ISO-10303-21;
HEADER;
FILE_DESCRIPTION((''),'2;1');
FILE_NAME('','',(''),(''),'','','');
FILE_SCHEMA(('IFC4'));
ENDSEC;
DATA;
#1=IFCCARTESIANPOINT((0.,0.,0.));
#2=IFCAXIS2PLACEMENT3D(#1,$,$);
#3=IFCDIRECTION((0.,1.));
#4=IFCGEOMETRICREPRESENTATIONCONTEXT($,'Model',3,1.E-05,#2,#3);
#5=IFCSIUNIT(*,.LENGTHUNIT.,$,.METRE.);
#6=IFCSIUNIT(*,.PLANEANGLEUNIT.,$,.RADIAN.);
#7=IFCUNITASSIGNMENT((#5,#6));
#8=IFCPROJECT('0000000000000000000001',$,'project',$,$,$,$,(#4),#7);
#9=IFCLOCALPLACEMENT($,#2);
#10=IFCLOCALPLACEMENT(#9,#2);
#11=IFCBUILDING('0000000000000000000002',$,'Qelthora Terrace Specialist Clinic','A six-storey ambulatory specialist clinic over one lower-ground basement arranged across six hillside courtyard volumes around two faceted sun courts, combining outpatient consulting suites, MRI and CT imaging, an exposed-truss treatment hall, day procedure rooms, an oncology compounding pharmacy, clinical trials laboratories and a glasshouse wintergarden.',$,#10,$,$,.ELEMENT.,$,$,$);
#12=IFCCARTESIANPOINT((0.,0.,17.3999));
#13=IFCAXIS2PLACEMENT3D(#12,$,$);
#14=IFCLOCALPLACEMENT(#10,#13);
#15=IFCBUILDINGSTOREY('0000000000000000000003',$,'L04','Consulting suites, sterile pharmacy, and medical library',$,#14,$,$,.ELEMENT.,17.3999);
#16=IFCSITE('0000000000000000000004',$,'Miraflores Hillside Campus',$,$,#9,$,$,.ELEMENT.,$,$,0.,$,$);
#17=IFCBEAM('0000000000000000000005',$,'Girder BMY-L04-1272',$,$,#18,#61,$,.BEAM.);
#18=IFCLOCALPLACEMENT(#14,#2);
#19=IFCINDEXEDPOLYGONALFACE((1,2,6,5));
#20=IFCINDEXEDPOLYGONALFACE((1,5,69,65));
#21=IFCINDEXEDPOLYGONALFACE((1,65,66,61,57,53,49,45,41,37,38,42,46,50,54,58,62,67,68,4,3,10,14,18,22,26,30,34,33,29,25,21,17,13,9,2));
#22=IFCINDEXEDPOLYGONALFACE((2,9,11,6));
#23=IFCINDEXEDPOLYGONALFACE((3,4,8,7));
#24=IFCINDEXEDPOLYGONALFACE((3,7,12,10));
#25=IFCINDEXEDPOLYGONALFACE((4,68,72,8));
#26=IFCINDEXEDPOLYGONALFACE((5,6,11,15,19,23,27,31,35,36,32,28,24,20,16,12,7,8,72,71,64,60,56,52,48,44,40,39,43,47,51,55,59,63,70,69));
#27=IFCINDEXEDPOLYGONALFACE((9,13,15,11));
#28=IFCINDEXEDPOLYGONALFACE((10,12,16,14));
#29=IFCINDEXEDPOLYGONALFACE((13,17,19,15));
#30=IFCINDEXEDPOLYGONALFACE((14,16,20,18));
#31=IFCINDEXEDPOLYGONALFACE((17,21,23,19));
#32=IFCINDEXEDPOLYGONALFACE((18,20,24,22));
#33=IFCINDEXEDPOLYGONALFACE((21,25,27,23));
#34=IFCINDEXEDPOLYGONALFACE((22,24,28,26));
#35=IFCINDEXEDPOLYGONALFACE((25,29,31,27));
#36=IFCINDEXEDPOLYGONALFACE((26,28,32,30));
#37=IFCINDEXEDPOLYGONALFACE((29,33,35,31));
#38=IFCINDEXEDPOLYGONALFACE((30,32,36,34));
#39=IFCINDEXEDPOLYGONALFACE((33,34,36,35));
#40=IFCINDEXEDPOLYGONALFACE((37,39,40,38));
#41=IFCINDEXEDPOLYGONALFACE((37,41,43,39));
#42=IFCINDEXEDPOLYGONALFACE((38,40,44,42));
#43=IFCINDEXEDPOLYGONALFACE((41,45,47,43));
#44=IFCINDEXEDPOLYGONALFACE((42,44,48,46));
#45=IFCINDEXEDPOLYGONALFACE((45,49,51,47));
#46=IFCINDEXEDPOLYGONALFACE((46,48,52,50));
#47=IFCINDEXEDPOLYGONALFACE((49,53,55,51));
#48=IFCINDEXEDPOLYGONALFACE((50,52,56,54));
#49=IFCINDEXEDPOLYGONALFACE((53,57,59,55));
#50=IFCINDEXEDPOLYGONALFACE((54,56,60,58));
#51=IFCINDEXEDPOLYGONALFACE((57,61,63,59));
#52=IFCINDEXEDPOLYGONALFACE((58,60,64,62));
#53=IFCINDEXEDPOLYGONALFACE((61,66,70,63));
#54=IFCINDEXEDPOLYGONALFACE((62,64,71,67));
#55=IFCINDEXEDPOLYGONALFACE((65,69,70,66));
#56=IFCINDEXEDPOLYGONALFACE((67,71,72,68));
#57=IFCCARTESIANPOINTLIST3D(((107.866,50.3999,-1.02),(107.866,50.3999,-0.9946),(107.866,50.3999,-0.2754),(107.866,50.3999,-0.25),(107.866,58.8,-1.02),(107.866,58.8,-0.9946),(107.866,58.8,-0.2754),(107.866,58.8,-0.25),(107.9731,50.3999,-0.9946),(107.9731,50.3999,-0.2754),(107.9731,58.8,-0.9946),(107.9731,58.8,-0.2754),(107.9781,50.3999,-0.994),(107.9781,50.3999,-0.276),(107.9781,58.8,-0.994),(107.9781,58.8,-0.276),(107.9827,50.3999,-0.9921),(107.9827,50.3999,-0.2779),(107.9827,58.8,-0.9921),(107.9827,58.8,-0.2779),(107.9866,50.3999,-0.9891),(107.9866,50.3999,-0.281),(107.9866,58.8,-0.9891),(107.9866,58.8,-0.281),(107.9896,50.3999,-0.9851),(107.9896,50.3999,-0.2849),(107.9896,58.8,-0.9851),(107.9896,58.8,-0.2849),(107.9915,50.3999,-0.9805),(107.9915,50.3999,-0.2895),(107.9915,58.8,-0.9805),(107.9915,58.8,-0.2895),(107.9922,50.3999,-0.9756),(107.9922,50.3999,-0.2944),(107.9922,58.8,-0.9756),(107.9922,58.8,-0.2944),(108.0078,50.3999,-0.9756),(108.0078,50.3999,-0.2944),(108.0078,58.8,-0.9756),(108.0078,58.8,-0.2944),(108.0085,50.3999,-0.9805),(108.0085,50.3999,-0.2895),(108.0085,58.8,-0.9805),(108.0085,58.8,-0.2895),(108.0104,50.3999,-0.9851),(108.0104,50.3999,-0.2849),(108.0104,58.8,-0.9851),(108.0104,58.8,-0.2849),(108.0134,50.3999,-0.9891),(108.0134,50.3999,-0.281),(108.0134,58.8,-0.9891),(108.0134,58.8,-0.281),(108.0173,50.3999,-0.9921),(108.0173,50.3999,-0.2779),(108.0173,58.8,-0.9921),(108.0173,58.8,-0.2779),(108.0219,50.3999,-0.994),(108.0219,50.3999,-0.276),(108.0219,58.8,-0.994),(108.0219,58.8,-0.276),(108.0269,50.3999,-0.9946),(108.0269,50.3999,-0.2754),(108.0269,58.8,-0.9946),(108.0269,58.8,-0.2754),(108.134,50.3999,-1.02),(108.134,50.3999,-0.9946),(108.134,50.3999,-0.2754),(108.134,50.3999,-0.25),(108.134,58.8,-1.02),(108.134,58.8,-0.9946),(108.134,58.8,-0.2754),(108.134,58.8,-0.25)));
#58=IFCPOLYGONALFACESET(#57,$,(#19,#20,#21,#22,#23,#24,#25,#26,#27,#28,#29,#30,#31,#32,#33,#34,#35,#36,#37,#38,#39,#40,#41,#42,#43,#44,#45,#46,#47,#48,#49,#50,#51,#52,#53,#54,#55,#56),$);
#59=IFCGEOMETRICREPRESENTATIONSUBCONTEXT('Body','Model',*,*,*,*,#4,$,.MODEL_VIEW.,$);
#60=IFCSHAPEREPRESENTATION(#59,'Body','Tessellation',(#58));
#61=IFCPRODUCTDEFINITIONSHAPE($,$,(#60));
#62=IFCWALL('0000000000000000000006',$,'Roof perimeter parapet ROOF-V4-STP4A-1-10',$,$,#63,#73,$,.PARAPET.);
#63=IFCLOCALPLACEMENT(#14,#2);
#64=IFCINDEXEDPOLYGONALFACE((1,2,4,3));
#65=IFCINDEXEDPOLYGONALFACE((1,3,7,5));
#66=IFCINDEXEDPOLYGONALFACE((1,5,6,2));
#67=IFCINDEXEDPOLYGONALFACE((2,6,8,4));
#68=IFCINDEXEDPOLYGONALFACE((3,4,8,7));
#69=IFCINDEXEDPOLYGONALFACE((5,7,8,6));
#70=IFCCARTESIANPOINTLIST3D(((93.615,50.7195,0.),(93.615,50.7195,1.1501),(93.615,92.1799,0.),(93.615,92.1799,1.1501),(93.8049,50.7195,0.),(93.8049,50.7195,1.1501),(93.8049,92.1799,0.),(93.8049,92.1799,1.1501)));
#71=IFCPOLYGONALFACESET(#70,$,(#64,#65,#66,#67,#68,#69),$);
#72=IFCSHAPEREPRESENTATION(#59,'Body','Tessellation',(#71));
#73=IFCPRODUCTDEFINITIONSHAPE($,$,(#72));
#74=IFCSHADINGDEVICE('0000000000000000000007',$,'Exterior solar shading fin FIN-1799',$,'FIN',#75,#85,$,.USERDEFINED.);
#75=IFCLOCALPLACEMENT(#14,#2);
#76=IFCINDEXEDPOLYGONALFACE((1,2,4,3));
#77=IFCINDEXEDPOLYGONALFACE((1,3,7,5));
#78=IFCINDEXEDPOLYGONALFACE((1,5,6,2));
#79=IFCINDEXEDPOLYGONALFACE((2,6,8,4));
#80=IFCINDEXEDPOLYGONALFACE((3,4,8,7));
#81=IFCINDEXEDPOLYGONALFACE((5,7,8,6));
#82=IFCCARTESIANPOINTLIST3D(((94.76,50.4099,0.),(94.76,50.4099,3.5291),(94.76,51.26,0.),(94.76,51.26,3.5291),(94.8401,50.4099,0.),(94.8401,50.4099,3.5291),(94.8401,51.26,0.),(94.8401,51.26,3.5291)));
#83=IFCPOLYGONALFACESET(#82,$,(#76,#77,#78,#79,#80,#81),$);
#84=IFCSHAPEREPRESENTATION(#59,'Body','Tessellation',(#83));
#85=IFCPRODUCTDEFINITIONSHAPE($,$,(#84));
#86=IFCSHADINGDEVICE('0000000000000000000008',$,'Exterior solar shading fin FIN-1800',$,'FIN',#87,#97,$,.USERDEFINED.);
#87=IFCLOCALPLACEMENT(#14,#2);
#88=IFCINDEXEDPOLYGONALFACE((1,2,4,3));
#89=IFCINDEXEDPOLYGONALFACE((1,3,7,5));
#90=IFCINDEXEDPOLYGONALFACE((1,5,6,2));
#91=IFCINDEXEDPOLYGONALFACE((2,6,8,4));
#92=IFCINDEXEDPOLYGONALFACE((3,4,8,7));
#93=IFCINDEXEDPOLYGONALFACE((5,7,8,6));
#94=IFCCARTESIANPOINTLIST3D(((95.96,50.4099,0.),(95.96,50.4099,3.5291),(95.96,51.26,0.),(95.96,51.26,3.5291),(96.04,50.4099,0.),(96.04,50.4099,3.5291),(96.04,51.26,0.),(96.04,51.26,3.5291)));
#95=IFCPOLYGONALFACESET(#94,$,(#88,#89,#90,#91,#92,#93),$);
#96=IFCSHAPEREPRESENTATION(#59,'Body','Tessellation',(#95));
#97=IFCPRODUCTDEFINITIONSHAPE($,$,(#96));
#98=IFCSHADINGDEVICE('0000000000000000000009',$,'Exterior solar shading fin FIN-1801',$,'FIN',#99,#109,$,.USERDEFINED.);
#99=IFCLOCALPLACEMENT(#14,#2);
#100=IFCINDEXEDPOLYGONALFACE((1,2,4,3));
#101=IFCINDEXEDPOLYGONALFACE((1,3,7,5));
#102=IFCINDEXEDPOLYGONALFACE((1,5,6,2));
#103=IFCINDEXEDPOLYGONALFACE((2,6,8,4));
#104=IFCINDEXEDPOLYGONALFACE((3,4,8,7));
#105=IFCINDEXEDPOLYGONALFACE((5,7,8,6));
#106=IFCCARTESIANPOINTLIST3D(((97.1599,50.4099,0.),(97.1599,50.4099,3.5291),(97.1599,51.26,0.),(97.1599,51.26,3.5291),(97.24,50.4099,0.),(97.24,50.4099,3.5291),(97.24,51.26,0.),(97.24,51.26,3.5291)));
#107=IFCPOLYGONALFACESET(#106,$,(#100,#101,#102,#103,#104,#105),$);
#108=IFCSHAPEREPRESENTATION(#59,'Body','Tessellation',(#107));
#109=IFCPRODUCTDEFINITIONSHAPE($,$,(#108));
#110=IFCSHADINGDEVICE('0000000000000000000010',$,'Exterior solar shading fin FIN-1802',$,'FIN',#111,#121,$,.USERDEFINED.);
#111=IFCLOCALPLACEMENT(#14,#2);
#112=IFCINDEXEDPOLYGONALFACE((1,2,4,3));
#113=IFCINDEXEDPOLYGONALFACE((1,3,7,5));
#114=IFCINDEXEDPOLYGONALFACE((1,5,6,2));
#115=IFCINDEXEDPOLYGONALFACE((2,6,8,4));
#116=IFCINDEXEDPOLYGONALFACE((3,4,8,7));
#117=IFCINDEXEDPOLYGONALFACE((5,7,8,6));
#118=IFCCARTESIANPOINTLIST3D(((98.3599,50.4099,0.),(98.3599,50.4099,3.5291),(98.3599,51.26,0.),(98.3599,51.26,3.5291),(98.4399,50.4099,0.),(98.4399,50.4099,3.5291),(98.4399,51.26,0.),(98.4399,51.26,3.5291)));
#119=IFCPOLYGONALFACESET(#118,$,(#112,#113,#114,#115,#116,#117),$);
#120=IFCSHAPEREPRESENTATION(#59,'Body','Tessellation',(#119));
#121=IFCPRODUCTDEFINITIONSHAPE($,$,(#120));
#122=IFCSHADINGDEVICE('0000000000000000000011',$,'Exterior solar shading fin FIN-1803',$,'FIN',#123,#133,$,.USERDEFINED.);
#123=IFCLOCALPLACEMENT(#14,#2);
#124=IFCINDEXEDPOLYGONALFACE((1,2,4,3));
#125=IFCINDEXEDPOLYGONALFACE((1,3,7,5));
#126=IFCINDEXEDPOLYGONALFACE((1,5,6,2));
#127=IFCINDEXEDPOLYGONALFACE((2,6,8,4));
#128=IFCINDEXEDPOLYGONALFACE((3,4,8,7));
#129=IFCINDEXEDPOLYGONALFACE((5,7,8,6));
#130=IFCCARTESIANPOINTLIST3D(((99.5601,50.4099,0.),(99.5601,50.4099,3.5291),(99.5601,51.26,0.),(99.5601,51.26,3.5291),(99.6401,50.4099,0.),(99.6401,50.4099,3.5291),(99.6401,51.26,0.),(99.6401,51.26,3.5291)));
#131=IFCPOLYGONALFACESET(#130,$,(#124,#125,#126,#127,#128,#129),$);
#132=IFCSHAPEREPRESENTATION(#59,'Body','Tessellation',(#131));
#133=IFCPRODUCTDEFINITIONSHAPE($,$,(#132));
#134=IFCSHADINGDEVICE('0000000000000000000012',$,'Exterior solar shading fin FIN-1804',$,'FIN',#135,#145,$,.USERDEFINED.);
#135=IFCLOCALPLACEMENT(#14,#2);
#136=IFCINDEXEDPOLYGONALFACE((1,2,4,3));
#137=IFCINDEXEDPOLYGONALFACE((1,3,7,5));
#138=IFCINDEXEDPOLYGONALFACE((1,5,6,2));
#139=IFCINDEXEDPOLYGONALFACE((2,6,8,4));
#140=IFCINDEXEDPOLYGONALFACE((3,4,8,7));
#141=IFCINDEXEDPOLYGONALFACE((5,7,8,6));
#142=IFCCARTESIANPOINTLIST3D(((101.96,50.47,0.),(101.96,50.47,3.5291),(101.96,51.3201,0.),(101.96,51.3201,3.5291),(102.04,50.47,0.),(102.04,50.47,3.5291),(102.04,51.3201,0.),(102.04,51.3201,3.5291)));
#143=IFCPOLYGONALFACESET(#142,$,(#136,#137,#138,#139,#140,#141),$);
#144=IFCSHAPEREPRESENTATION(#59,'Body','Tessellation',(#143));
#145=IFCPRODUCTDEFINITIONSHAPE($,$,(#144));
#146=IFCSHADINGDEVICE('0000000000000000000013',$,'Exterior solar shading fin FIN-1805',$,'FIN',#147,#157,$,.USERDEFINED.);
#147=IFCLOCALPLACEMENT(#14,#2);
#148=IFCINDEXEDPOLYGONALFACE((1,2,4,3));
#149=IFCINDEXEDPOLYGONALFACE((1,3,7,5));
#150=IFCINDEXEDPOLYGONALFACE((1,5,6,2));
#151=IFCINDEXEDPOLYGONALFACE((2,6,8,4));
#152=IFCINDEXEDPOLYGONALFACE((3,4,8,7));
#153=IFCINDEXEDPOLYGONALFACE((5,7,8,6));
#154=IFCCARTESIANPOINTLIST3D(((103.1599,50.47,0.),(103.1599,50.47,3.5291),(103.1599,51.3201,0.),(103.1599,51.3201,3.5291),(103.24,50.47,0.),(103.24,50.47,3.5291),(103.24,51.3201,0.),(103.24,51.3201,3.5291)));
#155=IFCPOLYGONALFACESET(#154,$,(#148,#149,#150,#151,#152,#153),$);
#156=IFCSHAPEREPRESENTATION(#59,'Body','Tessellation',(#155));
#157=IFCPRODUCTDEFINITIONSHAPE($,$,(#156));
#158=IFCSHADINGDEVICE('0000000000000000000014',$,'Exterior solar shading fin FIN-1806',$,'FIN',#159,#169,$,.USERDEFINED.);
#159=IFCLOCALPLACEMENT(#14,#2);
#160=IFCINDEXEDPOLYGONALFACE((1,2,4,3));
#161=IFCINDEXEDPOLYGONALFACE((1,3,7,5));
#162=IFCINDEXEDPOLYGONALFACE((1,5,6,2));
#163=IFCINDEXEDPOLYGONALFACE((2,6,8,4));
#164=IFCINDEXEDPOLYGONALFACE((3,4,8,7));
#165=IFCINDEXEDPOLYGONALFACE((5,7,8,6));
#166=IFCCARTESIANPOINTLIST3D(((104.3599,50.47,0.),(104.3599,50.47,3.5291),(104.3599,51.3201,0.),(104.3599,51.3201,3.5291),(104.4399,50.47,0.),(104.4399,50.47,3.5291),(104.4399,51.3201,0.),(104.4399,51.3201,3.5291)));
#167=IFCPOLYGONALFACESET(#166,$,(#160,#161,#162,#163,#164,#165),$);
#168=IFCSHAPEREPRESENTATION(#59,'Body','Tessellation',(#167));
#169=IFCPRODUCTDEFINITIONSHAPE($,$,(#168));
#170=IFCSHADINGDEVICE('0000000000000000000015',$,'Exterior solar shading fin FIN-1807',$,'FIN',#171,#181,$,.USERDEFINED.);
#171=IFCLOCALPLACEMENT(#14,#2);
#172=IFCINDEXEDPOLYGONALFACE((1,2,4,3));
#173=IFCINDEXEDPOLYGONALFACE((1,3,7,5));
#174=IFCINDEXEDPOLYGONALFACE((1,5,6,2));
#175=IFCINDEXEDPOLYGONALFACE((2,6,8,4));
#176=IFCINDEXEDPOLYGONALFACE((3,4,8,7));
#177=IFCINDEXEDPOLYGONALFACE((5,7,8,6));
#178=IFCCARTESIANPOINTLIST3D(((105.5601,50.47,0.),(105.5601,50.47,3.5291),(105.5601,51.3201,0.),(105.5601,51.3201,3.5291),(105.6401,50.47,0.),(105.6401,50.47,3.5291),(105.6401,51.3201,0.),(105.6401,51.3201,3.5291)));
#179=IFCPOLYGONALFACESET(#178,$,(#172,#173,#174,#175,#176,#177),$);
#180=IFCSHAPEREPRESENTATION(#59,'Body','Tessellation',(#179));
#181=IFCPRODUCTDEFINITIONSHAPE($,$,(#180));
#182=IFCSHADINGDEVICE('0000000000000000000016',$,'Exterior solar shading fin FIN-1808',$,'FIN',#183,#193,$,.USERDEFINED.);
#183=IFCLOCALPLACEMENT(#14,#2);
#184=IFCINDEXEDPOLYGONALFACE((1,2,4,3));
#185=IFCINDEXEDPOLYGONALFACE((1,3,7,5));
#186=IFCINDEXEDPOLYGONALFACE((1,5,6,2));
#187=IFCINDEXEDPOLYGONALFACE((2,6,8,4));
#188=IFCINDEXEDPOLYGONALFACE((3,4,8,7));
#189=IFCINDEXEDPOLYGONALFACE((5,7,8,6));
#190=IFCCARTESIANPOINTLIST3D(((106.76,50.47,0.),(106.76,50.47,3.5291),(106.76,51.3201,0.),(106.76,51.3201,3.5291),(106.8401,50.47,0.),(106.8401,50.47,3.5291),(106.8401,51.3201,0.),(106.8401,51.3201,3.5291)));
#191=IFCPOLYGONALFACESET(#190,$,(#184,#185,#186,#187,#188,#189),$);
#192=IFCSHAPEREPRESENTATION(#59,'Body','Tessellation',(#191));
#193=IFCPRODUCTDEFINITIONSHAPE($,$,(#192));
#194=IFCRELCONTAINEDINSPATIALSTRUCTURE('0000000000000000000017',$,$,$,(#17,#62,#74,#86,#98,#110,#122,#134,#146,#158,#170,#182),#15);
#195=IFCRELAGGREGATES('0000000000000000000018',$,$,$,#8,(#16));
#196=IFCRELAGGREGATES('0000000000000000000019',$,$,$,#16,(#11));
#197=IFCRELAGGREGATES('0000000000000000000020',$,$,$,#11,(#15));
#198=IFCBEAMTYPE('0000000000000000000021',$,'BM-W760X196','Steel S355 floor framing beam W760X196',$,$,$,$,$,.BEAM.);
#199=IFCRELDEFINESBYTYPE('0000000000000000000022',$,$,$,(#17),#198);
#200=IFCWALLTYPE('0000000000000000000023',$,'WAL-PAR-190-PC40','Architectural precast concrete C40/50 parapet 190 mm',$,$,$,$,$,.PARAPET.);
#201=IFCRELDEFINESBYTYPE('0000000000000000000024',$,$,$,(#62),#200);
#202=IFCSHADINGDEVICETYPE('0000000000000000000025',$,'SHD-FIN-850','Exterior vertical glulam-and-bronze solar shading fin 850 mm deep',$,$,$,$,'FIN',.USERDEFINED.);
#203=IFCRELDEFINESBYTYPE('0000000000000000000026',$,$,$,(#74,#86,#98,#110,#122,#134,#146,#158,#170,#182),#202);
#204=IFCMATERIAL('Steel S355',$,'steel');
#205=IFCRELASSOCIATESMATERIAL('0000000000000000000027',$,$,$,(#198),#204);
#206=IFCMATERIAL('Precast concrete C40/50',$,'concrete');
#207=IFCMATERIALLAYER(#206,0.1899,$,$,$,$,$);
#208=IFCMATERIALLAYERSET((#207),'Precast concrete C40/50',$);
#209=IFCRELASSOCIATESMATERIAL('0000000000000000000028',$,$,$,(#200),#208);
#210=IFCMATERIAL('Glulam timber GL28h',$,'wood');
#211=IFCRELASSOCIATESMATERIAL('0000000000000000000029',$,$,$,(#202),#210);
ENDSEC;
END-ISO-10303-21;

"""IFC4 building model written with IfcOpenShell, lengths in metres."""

from ifc_helpers import new_model, si_unit, direction, frame, frame_2d, origin, origin_2d, place, context, subcontext, project, spatial, rectangle, i_section, extrude, material, layer, layer_set, material_profile, profile_set, type_object, element, save


model = new_model("IFC4")

# Units and contexts
model_context = context("Model", 3, precision=1e-05, world=origin(), true_north=direction((0.0, 1.0)))
body_context = subcontext(model_context, "Body", "Model", "MODEL_VIEW")
ifc_project = project(units=[si_unit("LENGTHUNIT", "METRE"), si_unit("PLANEANGLEUNIT", "RADIAN")], contexts=[model_context])

# Site, building, storey
site_placement = place(None, origin())
site = spatial("IfcSite", under=ifc_project, at=site_placement, Name="Miraflores Hillside Campus", CompositionType="ELEMENT", RefElevation=0.0)
building_placement = place(site_placement, origin())
building = spatial("IfcBuilding", under=site, at=building_placement, Name="Qelthora Terrace Specialist Clinic", Description="A six-storey ambulatory specialist clinic over one lower-ground basement arranged across six hillside courtyard volumes around two faceted sun courts, combining outpatient consulting suites, MRI and CT imaging, an exposed-truss treatment hall, day procedure rooms, an oncology compounding pharmacy, clinical trials laboratories and a glasshouse wintergarden.", CompositionType="ELEMENT")
storey_placement = place(building_placement, frame((0.0, 0.0, 17.3999)))
storey = spatial("IfcBuildingStorey", under=building, at=storey_placement, Name="L04", Description="Consulting suites, sterile pharmacy, and medical library", CompositionType="ELEMENT", Elevation=17.3999)

# Shared definitions
ifc_material_1 = material(Name="Steel S355", Category="steel")

# Beam
ifc_material_profile_1 = material_profile(ifc_material_1, i_section(OverallWidth=0.2681, OverallDepth=0.77, WebThickness=0.0156, FlangeThickness=0.0254, FilletRadius=0.019, at=origin_2d()), Name="W760X196")
ifc_profile_set_1 = profile_set([ifc_material_profile_1], Name="Steel S355")
beam_type_1 = type_object("IfcBeamType", Name="BM-W760X196", Description="Steel S355 floor framing beam W760X196", PredefinedType="BEAM", material=ifc_profile_set_1)
beam_1_placement = place(storey_placement, frame((108.0, 50.3999, -0.635), z_axis=(0.0, 1.0, 0.0), x_axis=(-1.0, 0.0, 0.0)))
element("IfcBeam", 1, at=beam_1_placement, inside=storey, type_object=beam_type_1, Name="Girder BMY-L04-1272", PredefinedType="BEAM", context=body_context, shape_type="SweptSolid", body=[
    extrude(i_section(OverallWidth=0.2681, OverallDepth=0.77, WebThickness=0.0156, FlangeThickness=0.0254, FilletRadius=0.019, at=origin_2d()), origin(), (0.0, 0.0, 1.0), 8.4001),
])

# Wall
ifc_material_2 = material(Name="Precast concrete C40/50", Category="concrete")
ifc_layer = layer(ifc_material_2, 0.1899)
ifc_layer_set = layer_set([ifc_layer], Name="Precast concrete C40/50")
wall_type = type_object("IfcWallType", Name="WAL-PAR-190-PC40", Description="Architectural precast concrete C40/50 parapet 190 mm", PredefinedType="PARAPET", material=ifc_layer_set)
wall_placement = place(storey_placement, frame((93.71, 50.7195, 0.0), z_axis=(0.0, 0.0, 1.0), x_axis=(0.0, 1.0, 0.0)))
element("IfcWall", 2, at=wall_placement, inside=storey, type_object=wall_type, Name="Roof perimeter parapet ROOF-V4-STP4A-1-10", PredefinedType="PARAPET", context=body_context, shape_type="SweptSolid", body=[
    extrude(rectangle(XDim=41.4604, YDim=0.1899, at=frame_2d((20.7302, 0.0))), origin(), (0.0, 0.0, 1.0), 1.1501),
])

# Shading devices
ifc_material_3 = material(Name="Glulam timber GL28h", Category="wood")
shading_device_type = type_object("IfcShadingDeviceType", Name="SHD-FIN-850", Description="Exterior vertical glulam-and-bronze solar shading fin 850 mm deep", ElementType="FIN", PredefinedType="USERDEFINED", material=ifc_material_3)
for number, where, z_axis, x_axis, name in (
    (3, (94.8, 50.835, 0.0), (0.0, 0.0, 1.0), (0.0, 1.0, 0.0), "Exterior solar shading fin FIN-1799"),
    (4, (96.0, 50.835, 0.0), (0.0, 0.0, 1.0), (0.0, 1.0, 0.0), "Exterior solar shading fin FIN-1800"),
    (5, (97.2, 50.835, 0.0), (0.0, 0.0, 1.0), (0.0, 1.0, 0.0), "Exterior solar shading fin FIN-1801"),
    (6, (98.3999, 50.835, 0.0), (0.0, 0.0, 1.0), (0.0, 1.0, 0.0), "Exterior solar shading fin FIN-1802"),
    (7, (99.6001, 50.835, 0.0), (0.0, 0.0, 1.0), (0.0, 1.0, 0.0), "Exterior solar shading fin FIN-1803"),
    (8, (102.0, 50.895, 0.0), (0.0, 0.0, 1.0), (0.0, 1.0, 0.0), "Exterior solar shading fin FIN-1804"),
    (9, (103.2, 50.895, 0.0), (0.0, 0.0, 1.0), (0.0, 1.0, 0.0), "Exterior solar shading fin FIN-1805"),
    (10, (104.3999, 50.895, 0.0), (0.0, 0.0, 1.0), (0.0, 1.0, 0.0), "Exterior solar shading fin FIN-1806"),
    (11, (105.6001, 50.895, 0.0), (0.0, 0.0, 1.0), (0.0, 1.0, 0.0), "Exterior solar shading fin FIN-1807"),
    (12, (106.8, 50.895, 0.0), (0.0, 0.0, 1.0), (0.0, 1.0, 0.0), "Exterior solar shading fin FIN-1808"),
):
    element("IfcShadingDevice", number, at=place(storey_placement, frame(where, z_axis=z_axis, x_axis=x_axis)), inside=storey, type_object=shading_device_type, Name=name, ObjectType="FIN", PredefinedType="USERDEFINED", context=body_context, shape_type="SweptSolid", body=[
        extrude(rectangle(XDim=0.8501, YDim=0.0801, at=origin_2d()), origin(), (0.0, 0.0, 1.0), 3.5291),
    ])

save(model, "model.ifc")
